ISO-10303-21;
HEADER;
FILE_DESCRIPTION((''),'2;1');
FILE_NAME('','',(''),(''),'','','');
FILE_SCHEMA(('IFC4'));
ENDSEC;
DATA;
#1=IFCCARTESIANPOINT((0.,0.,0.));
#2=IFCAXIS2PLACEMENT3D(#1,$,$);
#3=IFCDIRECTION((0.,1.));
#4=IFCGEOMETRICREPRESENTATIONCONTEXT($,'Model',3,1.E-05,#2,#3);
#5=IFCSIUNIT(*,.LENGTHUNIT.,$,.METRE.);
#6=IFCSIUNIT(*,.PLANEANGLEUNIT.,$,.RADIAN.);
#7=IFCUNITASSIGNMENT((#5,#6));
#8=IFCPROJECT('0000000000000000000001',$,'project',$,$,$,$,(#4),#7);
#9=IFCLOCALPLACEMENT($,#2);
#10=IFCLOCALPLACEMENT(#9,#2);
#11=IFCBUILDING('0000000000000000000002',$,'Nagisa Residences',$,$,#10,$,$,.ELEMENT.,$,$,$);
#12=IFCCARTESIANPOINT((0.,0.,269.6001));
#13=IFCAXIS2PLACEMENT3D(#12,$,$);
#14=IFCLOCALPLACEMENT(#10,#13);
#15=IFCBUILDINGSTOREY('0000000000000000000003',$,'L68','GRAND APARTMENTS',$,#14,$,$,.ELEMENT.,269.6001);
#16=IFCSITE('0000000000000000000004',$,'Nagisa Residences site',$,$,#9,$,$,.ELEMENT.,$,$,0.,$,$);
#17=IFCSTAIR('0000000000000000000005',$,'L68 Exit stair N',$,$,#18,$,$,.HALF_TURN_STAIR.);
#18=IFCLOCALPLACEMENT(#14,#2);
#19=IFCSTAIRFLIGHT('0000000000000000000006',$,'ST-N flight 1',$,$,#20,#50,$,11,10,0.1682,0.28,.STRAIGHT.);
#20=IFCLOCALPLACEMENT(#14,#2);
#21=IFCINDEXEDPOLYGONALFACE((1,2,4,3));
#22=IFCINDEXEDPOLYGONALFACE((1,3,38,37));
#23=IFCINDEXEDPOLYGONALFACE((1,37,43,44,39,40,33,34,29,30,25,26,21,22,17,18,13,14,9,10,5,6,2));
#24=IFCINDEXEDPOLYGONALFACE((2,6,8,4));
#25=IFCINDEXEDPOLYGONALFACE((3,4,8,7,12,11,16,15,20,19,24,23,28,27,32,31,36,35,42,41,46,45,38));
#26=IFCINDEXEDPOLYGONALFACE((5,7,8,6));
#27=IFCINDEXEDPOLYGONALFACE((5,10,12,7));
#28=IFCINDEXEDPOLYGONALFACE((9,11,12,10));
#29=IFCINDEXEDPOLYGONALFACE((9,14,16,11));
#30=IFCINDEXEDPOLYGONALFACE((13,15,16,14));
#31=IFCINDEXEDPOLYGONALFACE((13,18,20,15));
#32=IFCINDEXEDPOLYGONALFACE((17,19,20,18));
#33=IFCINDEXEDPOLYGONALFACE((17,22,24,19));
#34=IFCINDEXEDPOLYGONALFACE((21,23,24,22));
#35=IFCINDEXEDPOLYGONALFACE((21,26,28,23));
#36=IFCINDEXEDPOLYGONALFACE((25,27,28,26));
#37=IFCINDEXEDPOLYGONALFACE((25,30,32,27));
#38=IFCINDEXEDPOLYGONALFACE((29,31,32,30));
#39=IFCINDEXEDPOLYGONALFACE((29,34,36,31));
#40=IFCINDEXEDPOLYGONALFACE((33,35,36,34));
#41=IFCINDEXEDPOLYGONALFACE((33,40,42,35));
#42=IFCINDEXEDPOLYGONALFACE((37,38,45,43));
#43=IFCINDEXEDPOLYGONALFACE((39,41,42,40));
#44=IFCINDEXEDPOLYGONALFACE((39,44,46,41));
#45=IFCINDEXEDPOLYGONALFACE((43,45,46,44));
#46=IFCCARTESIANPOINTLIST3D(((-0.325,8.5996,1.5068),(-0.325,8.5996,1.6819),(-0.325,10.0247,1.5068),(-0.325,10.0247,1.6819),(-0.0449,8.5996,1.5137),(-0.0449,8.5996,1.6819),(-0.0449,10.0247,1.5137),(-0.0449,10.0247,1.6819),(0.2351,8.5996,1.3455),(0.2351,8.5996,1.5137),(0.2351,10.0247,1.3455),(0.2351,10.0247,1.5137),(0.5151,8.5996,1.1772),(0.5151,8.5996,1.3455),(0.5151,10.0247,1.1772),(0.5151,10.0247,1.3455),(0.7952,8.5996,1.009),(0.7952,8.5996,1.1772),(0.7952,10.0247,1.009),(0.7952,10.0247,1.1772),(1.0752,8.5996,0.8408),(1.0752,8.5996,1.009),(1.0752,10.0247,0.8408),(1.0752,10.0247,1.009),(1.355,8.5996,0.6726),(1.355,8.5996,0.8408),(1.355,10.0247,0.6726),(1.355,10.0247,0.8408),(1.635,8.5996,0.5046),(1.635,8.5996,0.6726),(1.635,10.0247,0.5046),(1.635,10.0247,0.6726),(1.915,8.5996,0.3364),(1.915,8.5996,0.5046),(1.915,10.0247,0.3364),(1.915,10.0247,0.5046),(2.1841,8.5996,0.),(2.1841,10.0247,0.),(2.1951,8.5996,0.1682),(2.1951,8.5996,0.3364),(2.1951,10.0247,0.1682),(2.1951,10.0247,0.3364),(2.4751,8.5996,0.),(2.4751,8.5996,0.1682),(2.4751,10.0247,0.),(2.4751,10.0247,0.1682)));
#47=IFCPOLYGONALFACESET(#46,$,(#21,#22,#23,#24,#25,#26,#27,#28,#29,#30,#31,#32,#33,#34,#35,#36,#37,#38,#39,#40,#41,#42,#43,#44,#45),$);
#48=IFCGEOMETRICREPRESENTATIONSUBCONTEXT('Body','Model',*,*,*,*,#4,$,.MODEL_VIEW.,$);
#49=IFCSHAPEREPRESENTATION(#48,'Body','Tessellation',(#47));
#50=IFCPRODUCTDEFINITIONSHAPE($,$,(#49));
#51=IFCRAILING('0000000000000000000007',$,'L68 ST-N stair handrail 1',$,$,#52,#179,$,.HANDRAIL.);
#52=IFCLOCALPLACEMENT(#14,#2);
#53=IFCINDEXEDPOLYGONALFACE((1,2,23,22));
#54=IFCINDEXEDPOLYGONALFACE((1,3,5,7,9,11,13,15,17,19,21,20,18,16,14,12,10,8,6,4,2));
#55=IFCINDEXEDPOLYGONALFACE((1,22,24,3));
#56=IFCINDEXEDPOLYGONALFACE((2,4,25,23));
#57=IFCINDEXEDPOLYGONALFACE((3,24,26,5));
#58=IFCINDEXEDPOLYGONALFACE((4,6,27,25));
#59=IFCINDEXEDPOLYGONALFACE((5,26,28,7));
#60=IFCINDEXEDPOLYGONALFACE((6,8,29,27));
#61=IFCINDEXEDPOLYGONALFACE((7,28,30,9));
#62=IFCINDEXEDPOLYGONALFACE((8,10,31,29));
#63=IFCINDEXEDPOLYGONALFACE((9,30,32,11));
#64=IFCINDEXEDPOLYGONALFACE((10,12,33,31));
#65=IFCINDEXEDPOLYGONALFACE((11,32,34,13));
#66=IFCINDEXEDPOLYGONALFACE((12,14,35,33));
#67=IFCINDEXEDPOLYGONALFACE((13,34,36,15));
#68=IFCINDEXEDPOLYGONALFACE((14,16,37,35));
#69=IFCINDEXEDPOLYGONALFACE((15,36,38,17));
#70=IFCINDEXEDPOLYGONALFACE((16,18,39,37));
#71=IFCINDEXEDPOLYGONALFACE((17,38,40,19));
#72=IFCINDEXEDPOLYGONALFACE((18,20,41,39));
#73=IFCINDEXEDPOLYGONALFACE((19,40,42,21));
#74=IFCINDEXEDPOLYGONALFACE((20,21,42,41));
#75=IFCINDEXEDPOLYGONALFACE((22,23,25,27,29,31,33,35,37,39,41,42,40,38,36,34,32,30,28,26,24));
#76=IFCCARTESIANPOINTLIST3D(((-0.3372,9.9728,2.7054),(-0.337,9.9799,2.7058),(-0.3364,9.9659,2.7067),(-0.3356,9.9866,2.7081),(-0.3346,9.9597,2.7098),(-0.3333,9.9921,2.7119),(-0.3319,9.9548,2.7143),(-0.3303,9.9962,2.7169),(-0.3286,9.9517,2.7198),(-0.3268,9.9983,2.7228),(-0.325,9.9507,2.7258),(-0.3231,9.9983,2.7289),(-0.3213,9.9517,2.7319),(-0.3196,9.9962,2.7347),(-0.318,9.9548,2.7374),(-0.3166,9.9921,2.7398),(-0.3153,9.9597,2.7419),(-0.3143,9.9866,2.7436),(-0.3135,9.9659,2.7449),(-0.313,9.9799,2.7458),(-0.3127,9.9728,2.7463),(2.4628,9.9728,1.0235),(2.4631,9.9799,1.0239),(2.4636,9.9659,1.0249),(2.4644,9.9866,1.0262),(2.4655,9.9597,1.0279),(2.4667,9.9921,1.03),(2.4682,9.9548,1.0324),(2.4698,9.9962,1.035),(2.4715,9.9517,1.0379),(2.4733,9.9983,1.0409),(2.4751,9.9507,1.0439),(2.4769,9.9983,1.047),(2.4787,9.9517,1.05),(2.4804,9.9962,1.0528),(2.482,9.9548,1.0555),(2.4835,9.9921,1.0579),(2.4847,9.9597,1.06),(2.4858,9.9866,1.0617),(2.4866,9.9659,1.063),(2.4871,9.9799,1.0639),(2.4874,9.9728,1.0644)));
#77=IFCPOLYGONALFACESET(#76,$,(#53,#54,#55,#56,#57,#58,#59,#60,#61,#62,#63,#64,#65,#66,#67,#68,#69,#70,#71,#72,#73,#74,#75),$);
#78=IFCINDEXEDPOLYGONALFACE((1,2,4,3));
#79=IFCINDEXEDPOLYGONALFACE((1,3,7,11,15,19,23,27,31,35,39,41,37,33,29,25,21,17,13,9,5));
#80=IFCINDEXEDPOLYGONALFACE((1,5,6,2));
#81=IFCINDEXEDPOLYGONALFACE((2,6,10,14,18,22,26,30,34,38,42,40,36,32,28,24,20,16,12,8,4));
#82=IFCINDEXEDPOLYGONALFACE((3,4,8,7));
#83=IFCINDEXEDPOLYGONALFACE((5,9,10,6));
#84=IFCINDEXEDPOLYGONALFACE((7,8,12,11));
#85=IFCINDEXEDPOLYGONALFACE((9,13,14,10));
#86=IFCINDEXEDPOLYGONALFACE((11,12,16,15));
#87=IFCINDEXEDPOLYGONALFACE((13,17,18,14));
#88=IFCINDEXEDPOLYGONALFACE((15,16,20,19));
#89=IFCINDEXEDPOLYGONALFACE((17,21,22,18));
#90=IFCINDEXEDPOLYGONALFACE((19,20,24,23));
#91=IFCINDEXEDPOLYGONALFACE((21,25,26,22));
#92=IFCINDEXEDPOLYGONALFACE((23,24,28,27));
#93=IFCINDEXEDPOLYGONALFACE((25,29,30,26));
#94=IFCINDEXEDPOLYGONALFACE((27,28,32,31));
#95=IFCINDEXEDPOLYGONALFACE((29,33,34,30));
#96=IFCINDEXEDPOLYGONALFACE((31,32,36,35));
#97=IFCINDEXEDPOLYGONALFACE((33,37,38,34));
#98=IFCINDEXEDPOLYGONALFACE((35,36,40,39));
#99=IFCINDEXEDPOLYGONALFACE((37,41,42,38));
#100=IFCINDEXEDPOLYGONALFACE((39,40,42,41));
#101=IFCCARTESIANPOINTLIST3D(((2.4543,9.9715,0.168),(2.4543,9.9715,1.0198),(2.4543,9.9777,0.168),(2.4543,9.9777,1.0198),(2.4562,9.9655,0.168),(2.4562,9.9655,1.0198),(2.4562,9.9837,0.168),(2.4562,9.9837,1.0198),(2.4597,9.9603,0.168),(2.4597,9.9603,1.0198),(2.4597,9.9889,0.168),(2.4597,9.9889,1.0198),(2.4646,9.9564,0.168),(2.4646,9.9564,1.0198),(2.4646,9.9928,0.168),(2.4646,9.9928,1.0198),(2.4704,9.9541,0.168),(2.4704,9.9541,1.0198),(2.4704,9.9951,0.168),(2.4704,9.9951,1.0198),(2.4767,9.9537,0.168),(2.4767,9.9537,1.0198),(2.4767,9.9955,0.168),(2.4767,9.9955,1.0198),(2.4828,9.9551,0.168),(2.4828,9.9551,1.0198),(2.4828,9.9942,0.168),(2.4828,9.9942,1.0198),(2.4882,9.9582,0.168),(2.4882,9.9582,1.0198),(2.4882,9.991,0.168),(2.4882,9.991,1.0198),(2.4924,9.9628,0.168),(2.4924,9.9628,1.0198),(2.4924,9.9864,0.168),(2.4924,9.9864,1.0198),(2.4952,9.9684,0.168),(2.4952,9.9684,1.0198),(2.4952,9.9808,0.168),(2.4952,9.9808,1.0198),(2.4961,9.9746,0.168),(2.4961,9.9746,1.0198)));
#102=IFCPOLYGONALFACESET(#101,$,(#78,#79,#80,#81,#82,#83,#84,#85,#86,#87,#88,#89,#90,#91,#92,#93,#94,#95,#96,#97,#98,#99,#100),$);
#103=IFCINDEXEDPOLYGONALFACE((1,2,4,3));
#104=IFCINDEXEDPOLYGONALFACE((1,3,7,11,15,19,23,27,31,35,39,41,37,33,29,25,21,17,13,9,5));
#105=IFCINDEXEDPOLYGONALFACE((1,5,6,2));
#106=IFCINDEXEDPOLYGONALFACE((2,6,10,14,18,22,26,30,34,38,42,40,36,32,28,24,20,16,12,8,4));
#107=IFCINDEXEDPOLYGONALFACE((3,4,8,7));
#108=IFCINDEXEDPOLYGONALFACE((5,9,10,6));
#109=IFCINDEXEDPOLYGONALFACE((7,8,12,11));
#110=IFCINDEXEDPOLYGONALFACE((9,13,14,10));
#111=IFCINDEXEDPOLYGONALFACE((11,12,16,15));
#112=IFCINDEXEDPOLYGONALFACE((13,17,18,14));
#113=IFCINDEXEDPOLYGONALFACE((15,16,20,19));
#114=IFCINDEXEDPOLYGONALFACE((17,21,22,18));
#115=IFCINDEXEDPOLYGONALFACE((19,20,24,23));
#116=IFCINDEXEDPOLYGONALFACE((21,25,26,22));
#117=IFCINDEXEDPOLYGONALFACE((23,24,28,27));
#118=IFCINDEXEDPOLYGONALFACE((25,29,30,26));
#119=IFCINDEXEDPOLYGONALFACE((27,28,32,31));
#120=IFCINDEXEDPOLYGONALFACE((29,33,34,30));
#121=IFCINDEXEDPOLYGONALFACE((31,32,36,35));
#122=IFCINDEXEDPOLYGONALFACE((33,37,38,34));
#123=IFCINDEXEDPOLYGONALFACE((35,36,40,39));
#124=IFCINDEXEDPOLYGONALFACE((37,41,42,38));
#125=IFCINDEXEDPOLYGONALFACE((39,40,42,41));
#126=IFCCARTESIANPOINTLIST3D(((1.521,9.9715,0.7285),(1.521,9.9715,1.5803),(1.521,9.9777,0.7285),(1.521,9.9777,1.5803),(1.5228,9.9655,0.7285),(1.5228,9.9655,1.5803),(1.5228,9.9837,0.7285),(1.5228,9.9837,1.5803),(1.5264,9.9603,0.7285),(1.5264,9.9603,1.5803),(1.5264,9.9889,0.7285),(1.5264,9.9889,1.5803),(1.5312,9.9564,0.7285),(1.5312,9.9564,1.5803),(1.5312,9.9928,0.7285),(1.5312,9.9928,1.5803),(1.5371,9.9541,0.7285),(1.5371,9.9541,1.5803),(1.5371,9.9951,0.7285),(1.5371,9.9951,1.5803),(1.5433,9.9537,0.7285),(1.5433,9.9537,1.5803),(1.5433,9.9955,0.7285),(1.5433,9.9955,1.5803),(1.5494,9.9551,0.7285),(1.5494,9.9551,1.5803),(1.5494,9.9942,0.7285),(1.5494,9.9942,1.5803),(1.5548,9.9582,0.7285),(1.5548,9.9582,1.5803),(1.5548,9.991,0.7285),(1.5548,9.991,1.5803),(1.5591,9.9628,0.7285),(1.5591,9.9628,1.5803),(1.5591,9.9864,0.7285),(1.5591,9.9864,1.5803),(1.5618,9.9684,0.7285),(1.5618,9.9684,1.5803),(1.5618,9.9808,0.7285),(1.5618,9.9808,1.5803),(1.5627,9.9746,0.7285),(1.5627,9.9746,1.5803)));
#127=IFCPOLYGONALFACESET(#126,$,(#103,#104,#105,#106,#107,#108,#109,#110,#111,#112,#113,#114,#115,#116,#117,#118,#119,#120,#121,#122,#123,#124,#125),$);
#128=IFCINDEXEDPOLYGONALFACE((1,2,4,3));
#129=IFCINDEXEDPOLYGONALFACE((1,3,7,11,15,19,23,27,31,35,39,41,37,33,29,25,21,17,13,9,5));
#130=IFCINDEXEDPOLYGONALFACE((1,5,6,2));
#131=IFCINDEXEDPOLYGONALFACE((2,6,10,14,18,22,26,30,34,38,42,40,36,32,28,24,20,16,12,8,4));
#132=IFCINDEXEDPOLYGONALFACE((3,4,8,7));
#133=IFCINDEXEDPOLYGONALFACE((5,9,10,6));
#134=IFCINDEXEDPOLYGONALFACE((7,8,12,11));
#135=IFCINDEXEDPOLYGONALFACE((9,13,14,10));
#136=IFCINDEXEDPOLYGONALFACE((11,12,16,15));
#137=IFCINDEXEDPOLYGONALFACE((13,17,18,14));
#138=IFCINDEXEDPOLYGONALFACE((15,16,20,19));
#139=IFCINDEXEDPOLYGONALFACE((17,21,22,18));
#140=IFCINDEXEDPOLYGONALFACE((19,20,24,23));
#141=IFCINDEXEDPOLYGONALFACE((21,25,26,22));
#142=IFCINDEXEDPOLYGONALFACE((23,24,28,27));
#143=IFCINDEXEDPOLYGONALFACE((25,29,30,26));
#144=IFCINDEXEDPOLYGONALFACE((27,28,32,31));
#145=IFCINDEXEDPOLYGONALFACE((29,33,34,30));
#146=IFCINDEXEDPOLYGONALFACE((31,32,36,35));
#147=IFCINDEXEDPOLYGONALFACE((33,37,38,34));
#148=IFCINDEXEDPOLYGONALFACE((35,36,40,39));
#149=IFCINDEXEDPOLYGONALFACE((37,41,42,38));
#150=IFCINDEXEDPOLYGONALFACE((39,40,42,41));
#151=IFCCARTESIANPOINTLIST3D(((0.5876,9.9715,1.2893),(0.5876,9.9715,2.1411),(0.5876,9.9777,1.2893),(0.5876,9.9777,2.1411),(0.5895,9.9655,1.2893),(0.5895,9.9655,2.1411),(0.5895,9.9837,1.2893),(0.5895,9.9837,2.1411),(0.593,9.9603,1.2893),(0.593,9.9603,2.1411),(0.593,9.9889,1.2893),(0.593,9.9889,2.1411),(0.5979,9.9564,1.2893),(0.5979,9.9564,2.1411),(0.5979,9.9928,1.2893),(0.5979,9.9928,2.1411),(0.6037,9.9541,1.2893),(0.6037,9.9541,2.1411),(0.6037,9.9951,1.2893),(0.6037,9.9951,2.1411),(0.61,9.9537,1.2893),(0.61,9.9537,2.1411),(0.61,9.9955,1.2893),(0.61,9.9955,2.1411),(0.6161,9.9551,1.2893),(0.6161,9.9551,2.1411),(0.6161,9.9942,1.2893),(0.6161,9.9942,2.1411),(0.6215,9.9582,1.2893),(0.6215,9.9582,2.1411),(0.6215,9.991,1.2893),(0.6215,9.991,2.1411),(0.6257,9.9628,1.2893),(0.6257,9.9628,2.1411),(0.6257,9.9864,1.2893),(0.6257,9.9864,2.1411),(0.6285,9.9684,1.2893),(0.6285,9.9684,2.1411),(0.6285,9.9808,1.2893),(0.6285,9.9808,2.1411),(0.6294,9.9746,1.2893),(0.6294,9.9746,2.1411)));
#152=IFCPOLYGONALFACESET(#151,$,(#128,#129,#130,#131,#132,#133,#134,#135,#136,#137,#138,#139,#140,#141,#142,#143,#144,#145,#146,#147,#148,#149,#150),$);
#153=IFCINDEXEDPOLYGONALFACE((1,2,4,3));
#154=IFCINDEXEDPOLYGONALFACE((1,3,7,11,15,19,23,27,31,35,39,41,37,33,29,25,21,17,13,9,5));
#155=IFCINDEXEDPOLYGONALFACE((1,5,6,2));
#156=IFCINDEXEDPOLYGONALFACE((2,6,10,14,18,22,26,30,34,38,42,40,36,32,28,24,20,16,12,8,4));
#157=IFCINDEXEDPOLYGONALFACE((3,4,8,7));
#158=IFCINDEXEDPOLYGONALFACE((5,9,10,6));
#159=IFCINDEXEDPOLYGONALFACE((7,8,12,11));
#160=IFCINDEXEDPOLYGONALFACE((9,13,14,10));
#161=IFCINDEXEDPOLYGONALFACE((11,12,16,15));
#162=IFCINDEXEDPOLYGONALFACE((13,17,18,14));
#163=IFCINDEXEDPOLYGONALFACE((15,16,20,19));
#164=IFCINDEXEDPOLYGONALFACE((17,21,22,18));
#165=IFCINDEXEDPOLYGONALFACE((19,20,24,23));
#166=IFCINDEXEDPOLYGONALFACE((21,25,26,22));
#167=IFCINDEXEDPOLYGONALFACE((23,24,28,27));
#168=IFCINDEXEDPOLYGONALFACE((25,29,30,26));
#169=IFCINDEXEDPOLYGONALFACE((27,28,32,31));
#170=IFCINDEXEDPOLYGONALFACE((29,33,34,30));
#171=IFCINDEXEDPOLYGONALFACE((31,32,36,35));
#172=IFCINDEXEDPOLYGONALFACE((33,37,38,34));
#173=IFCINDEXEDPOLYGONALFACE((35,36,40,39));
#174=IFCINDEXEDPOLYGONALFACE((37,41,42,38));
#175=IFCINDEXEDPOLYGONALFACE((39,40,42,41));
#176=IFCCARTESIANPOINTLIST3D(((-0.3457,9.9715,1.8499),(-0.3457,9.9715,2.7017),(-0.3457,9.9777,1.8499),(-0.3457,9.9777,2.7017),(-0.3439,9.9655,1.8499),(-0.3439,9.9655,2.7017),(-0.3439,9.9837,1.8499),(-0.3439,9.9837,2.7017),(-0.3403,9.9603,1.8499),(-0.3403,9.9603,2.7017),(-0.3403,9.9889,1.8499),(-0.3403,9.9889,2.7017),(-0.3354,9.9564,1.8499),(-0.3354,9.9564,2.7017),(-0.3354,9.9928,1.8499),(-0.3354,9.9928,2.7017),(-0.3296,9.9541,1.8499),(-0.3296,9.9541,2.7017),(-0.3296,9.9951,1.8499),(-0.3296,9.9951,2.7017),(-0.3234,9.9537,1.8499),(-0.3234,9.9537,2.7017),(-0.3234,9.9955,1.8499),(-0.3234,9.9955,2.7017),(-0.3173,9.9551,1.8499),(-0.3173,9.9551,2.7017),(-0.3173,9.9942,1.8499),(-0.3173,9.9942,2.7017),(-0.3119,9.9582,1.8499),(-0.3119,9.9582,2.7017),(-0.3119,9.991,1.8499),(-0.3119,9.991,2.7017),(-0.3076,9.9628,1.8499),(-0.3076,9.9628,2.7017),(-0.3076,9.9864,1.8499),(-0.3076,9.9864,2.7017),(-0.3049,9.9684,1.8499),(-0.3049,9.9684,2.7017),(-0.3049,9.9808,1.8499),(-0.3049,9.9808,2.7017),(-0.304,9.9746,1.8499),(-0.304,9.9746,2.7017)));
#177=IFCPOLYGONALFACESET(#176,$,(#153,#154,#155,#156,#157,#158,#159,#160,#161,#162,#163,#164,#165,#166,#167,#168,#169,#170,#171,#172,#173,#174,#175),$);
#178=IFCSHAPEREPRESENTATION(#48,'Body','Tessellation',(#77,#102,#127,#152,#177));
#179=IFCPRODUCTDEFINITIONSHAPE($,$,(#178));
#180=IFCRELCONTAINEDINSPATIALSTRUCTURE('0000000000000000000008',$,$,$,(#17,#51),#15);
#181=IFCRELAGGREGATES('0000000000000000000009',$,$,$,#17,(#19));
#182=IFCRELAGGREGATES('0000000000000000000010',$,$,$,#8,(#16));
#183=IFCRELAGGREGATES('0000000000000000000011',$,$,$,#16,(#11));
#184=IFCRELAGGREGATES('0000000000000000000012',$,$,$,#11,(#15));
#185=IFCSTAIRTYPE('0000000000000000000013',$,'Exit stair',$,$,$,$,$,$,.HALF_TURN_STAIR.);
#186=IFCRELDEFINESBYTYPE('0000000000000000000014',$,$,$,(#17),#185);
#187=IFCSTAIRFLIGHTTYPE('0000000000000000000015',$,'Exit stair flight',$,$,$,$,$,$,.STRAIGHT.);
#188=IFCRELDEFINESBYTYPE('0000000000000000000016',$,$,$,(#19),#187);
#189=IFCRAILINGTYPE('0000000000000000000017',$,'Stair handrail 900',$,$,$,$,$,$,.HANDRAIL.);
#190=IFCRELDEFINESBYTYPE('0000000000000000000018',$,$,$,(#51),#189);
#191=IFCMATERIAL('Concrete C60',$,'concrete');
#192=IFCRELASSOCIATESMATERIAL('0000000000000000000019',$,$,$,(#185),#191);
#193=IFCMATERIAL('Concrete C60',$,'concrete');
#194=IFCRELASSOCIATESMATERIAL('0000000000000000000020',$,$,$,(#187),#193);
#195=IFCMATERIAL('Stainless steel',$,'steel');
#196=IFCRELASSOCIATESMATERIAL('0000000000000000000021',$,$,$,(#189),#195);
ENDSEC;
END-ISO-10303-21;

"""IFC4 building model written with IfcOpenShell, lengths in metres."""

from ifc_helpers import new_model, si_unit, direction, frame, origin, origin_2d, place, context, subcontext, project, spatial, polyline, circle, outline, extrude, material, type_object, element, aggregate, save


model = new_model("IFC4")

# Units and contexts
model_context = context("Model", 3, precision=1e-05, world=origin(), true_north=direction((0.0, 1.0)))
body_context = subcontext(model_context, "Body", "Model", "MODEL_VIEW")
ifc_project = project(units=[si_unit("LENGTHUNIT", "METRE"), si_unit("PLANEANGLEUNIT", "RADIAN")], contexts=[model_context])

# Site, building, storey
site_placement = place(None, origin())
site = spatial("IfcSite", under=ifc_project, at=site_placement, Name="Nagisa Residences site", CompositionType="ELEMENT", RefElevation=0.0)
building_placement = place(site_placement, origin())
building = spatial("IfcBuilding", under=site, at=building_placement, Name="Nagisa Residences", CompositionType="ELEMENT")
storey_placement = place(building_placement, frame((0.0, 0.0, 269.6001)))
storey = spatial("IfcBuildingStorey", under=building, at=storey_placement, Name="L68", Description="GRAND APARTMENTS", CompositionType="ELEMENT", Elevation=269.6001)

# Stair, stair flight
ifc_material_1 = material(Name="Concrete C60", Category="concrete")
stair_type = type_object("IfcStairType", Name="Exit stair", PredefinedType="HALF_TURN_STAIR", material=ifc_material_1)
stair_placement = place(storey_placement, origin())
stair = element("IfcStair", 1, at=stair_placement, inside=storey, type_object=stair_type, Name="L68 Exit stair N", PredefinedType="HALF_TURN_STAIR")
ifc_material_2 = material(Name="Concrete C60", Category="concrete")
stair_flight_type = type_object("IfcStairFlightType", Name="Exit stair flight", PredefinedType="STRAIGHT", material=ifc_material_2)
stair_flight_placement = place(storey_placement, frame((2.4751, 9.312, 0.0), z_axis=(0.0, 0.0, 1.0), x_axis=(-1.0, 0.0, 0.0)))
stair_flight = element("IfcStairFlight", 2, at=stair_flight_placement, type_object=stair_flight_type, Name="ST-N flight 1", NumberOfRisers=11, NumberOfTreads=10, PredefinedType="STRAIGHT", RiserHeight=0.1682, TreadLength=0.28, context=body_context, shape_type="SweptSolid", body=[
    extrude(outline(polyline([(0.0, 0.0), (0.0, 0.1682), (0.28, 0.1682), (0.28, 0.3364), (0.5601, 0.3364), (0.5601, 0.5046), (0.8401, 0.5046), (0.8401, 0.6726), (1.1201, 0.6726), (1.1201, 0.8408), (1.3999, 0.8408), (1.3999, 1.009), (1.6799, 1.009), (1.6799, 1.1772), (1.96, 1.1772), (1.96, 1.3455), (2.24, 1.3455), (2.24, 1.5137), (2.52, 1.5137), (2.52, 1.6819), (2.8, 1.6819), (2.8, 1.8501), (2.8, 1.5068), (0.291, 0.0), (0.0, 0.0)])), frame((0.0, 0.7124, 0.0), z_axis=(0.0, -1.0, 0.0), x_axis=(1.0, 0.0, 0.0)), (0.0, 0.0, 1.0), 1.425),
])
aggregate(stair, [stair_flight])

# Railing
ifc_material_3 = material(Name="Stainless steel", Category="steel")
railing_type_1 = type_object("IfcRailingType", Name="Stair handrail 900", PredefinedType="HANDRAIL", material=ifc_material_3)
railing_1_placement = place(storey_placement, frame((2.4751, 9.9746, 0.168)))
element("IfcRailing", 3, at=railing_1_placement, inside=storey, type_object=railing_type_1, Name="L68 ST-N stair handrail 1", PredefinedType="HANDRAIL", context=body_context, shape_type="SweptSolid", body=[
    extrude(circle(Radius=0.0239, at=origin_2d()), frame((0.0, 0.0, 0.876), z_axis=(-0.857242, 0.0, 0.514913), x_axis=(0.0, -1.0, 0.0)), (0.0, 0.0, 1.0), 3.2664),
    extrude(circle(Radius=0.021, at=origin_2d()), origin(), (0.0, 0.0, 1.0), 0.8518),
    extrude(circle(Radius=0.021, at=origin_2d()), frame((-0.9333, 0.0, 0.5605)), (0.0, 0.0, 1.0), 0.8518),
    extrude(circle(Radius=0.021, at=origin_2d()), frame((-1.8667, 0.0, 1.1213)), (0.0, 0.0, 1.0), 0.8518),
    extrude(circle(Radius=0.021, at=origin_2d()), frame((-2.8, 0.0, 1.6819)), (0.0, 0.0, 1.0), 0.8518),
])

save(model, "model.ifc")
